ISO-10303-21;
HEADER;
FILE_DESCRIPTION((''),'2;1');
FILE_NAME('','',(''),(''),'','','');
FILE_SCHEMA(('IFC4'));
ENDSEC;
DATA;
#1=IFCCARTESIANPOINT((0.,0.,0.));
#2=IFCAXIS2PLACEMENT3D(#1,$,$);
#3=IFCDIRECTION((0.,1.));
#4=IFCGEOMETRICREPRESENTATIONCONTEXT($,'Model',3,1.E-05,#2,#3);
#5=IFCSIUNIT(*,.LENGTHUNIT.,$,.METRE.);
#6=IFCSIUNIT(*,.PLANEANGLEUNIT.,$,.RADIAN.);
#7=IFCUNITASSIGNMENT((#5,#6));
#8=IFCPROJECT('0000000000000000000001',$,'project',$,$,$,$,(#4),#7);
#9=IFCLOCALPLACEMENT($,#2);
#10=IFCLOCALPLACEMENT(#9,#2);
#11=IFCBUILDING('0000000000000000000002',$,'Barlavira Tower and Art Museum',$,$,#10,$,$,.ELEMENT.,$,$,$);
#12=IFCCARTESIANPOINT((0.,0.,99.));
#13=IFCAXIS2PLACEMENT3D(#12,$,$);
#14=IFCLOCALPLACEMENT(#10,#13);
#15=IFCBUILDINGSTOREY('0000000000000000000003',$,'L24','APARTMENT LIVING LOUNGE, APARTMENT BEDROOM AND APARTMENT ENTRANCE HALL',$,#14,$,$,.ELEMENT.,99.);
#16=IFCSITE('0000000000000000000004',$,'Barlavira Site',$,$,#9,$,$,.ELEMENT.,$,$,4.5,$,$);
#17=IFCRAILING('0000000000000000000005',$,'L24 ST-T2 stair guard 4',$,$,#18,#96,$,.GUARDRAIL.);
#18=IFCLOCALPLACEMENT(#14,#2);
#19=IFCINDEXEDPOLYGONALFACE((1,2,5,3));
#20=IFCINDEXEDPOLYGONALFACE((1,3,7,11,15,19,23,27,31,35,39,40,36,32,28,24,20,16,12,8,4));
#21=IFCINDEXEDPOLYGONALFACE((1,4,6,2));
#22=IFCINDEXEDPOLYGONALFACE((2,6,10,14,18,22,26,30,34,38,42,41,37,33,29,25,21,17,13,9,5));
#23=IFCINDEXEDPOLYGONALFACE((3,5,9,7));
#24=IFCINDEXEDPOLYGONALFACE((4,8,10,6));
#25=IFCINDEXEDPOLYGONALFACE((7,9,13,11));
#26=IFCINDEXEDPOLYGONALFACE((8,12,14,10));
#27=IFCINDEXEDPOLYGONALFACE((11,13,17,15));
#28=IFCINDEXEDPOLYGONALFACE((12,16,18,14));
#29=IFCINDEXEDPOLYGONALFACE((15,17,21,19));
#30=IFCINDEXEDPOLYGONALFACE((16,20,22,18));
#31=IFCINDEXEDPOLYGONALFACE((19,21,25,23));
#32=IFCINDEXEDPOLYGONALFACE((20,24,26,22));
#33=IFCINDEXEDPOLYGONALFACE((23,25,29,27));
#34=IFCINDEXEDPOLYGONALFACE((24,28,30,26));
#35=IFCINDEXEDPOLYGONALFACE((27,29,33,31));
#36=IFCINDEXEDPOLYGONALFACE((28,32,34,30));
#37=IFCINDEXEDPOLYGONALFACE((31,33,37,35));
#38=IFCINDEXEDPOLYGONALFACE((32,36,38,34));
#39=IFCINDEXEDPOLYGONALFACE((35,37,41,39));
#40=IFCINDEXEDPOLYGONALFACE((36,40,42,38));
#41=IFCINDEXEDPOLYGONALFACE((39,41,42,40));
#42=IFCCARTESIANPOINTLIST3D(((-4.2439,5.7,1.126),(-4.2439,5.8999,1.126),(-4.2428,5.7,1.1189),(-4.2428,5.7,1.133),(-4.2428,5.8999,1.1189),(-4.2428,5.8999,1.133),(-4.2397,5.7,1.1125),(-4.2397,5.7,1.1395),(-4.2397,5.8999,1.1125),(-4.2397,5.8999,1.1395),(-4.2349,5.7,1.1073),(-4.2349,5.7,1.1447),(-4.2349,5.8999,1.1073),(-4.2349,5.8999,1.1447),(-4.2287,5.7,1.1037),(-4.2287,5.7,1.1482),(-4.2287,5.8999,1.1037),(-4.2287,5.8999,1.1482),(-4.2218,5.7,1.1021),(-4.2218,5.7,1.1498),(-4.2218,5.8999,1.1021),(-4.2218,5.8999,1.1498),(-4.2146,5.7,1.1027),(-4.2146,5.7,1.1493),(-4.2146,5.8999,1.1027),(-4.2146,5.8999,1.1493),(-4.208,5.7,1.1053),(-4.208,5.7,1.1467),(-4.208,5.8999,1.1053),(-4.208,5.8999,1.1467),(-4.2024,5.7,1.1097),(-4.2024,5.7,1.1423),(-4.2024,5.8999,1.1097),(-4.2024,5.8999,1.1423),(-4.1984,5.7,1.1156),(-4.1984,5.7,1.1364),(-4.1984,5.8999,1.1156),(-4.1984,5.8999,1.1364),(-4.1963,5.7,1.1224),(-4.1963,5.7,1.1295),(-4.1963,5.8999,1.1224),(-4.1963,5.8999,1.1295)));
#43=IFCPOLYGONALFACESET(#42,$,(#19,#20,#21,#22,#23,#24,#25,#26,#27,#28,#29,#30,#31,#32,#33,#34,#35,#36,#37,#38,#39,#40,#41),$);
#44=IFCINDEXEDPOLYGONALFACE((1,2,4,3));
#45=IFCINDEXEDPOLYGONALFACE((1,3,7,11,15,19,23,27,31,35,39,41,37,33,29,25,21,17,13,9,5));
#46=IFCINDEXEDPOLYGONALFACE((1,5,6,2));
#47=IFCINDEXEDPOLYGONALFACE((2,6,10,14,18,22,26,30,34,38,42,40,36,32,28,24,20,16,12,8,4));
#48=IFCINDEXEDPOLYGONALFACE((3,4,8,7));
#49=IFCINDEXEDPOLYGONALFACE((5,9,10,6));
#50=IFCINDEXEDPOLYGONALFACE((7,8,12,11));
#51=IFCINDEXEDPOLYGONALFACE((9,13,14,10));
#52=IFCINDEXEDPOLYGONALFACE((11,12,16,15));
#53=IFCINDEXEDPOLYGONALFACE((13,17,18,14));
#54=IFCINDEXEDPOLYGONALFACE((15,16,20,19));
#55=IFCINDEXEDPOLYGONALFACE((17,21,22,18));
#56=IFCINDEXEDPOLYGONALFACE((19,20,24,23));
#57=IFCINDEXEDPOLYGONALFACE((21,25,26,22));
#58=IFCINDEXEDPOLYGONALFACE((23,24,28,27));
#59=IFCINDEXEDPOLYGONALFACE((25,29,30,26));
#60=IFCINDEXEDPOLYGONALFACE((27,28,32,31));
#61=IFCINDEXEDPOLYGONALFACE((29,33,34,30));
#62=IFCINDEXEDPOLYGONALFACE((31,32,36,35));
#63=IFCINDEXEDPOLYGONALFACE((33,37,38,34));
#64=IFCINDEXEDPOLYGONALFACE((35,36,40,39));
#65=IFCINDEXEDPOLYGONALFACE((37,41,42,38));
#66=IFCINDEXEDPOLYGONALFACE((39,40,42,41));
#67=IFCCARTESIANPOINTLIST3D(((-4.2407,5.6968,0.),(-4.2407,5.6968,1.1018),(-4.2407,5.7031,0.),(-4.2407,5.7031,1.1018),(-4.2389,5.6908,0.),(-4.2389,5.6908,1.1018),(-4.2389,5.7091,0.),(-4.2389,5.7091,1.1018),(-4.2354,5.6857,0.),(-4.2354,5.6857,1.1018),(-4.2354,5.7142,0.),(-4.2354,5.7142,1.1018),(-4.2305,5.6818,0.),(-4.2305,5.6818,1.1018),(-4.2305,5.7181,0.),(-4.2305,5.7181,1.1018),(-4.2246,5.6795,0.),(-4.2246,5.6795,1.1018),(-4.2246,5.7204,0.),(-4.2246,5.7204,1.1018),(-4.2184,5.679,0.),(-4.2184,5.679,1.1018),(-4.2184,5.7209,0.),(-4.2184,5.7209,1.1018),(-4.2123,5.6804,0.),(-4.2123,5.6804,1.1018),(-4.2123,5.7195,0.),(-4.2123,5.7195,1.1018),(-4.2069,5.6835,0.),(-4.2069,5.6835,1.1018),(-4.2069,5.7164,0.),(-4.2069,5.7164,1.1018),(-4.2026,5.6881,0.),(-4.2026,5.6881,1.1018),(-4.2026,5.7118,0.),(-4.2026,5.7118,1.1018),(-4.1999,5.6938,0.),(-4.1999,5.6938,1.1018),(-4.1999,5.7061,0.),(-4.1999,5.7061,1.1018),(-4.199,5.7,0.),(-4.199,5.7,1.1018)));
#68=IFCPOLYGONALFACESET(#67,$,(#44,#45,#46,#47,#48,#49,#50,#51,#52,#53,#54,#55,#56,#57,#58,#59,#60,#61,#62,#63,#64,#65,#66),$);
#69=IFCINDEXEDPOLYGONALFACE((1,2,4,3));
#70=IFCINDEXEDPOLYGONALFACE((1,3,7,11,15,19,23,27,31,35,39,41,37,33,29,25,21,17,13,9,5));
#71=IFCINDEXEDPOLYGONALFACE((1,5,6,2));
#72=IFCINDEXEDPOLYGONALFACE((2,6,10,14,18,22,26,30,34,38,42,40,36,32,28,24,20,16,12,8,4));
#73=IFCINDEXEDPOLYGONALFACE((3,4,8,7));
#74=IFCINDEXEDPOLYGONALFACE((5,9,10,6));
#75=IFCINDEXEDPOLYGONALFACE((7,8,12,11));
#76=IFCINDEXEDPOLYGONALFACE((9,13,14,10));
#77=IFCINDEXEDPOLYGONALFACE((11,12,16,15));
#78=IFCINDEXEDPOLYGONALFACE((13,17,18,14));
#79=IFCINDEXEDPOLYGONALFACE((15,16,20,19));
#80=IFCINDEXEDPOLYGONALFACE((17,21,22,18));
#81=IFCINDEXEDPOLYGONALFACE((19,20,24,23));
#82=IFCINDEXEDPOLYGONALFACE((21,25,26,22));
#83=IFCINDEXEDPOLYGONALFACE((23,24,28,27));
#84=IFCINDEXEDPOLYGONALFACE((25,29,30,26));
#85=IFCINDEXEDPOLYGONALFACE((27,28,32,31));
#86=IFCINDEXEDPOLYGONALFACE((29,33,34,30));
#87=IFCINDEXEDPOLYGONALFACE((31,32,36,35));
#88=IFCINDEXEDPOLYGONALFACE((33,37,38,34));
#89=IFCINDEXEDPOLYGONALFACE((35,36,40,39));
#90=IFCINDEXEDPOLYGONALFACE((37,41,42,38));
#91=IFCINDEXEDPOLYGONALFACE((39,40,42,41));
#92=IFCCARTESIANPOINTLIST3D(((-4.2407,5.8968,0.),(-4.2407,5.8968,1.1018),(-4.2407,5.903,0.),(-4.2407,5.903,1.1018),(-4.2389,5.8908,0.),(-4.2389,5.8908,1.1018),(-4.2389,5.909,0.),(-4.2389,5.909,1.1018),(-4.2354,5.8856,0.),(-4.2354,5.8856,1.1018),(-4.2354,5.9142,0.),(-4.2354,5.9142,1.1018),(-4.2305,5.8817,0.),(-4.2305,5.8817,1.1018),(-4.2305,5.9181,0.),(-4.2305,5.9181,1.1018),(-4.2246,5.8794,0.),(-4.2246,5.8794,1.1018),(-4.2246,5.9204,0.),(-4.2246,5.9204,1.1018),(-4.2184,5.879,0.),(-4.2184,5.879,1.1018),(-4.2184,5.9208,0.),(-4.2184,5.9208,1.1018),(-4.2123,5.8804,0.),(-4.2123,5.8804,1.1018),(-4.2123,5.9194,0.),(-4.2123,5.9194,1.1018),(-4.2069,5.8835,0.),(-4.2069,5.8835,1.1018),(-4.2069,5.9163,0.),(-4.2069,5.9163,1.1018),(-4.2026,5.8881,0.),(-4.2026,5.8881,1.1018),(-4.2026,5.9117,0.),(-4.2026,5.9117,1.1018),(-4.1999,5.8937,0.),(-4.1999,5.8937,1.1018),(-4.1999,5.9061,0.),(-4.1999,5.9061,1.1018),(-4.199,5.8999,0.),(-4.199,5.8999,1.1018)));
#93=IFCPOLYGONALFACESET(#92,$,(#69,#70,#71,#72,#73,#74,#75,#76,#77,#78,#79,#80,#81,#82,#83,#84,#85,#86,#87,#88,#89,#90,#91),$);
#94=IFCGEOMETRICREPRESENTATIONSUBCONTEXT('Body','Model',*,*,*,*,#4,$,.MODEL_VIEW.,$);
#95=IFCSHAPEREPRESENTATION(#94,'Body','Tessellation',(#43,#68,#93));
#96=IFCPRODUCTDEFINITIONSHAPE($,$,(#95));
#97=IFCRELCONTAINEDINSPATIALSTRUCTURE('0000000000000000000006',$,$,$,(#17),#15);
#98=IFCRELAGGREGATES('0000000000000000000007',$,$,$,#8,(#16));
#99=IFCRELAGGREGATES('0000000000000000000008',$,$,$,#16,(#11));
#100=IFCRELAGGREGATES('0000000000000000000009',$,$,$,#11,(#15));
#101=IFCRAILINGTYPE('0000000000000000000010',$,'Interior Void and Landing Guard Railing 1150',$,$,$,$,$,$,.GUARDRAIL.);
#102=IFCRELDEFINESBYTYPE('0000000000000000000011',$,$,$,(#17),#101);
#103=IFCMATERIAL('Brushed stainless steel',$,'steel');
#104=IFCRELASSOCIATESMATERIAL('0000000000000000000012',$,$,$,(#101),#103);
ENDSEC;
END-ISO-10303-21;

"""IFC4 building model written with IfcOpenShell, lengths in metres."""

from ifc_helpers import new_model, si_unit, direction, frame, origin, origin_2d, place, context, subcontext, project, spatial, circle, extrude, material, type_object, element, save


model = new_model("IFC4")

# Units and contexts
model_context = context("Model", 3, precision=1e-05, world=origin(), true_north=direction((0.0, 1.0)))
body_context = subcontext(model_context, "Body", "Model", "MODEL_VIEW")
ifc_project = project(units=[si_unit("LENGTHUNIT", "METRE"), si_unit("PLANEANGLEUNIT", "RADIAN")], contexts=[model_context])

# Site, building, storey
site_placement = place(None, origin())
site = spatial("IfcSite", under=ifc_project, at=site_placement, Name="Barlavira Site", CompositionType="ELEMENT", RefElevation=4.5)
building_placement = place(site_placement, origin())
building = spatial("IfcBuilding", under=site, at=building_placement, Name="Barlavira Tower and Art Museum", CompositionType="ELEMENT")
storey_placement = place(building_placement, frame((0.0, 0.0, 99.0)))
storey = spatial("IfcBuildingStorey", under=building, at=storey_placement, Name="L24", Description="APARTMENT LIVING LOUNGE, APARTMENT BEDROOM AND APARTMENT ENTRANCE HALL", CompositionType="ELEMENT", Elevation=99.0)

# Shared definitions
ifc_material_1 = material(Name="Brushed stainless steel", Category="steel")

# Railing
railing_type_1 = type_object("IfcRailingType", Name="Interior Void and Landing Guard Railing 1150", PredefinedType="GUARDRAIL", material=ifc_material_1)
railing_1_placement = place(storey_placement, frame((-4.22, 5.7, 0.0)))
element("IfcRailing", 1, at=railing_1_placement, inside=storey, type_object=railing_type_1, Name="L24 ST-T2 stair guard 4", PredefinedType="GUARDRAIL", context=body_context, shape_type="SweptSolid", body=[
    extrude(circle(Radius=0.0239, at=origin_2d()), frame((0.0, 0.0, 1.126), z_axis=(0.0, 1.0, 0.0), x_axis=(-1.0, 0.0, 0.0)), (0.0, 0.0, 1.0), 0.2),
    extrude(circle(Radius=0.021, at=origin_2d()), origin(), (0.0, 0.0, 1.0), 1.1018),
    extrude(circle(Radius=0.021, at=origin_2d()), frame((0.0, 0.2, 0.0)), (0.0, 0.0, 1.0), 1.1018),
])

save(model, "model.ifc")
